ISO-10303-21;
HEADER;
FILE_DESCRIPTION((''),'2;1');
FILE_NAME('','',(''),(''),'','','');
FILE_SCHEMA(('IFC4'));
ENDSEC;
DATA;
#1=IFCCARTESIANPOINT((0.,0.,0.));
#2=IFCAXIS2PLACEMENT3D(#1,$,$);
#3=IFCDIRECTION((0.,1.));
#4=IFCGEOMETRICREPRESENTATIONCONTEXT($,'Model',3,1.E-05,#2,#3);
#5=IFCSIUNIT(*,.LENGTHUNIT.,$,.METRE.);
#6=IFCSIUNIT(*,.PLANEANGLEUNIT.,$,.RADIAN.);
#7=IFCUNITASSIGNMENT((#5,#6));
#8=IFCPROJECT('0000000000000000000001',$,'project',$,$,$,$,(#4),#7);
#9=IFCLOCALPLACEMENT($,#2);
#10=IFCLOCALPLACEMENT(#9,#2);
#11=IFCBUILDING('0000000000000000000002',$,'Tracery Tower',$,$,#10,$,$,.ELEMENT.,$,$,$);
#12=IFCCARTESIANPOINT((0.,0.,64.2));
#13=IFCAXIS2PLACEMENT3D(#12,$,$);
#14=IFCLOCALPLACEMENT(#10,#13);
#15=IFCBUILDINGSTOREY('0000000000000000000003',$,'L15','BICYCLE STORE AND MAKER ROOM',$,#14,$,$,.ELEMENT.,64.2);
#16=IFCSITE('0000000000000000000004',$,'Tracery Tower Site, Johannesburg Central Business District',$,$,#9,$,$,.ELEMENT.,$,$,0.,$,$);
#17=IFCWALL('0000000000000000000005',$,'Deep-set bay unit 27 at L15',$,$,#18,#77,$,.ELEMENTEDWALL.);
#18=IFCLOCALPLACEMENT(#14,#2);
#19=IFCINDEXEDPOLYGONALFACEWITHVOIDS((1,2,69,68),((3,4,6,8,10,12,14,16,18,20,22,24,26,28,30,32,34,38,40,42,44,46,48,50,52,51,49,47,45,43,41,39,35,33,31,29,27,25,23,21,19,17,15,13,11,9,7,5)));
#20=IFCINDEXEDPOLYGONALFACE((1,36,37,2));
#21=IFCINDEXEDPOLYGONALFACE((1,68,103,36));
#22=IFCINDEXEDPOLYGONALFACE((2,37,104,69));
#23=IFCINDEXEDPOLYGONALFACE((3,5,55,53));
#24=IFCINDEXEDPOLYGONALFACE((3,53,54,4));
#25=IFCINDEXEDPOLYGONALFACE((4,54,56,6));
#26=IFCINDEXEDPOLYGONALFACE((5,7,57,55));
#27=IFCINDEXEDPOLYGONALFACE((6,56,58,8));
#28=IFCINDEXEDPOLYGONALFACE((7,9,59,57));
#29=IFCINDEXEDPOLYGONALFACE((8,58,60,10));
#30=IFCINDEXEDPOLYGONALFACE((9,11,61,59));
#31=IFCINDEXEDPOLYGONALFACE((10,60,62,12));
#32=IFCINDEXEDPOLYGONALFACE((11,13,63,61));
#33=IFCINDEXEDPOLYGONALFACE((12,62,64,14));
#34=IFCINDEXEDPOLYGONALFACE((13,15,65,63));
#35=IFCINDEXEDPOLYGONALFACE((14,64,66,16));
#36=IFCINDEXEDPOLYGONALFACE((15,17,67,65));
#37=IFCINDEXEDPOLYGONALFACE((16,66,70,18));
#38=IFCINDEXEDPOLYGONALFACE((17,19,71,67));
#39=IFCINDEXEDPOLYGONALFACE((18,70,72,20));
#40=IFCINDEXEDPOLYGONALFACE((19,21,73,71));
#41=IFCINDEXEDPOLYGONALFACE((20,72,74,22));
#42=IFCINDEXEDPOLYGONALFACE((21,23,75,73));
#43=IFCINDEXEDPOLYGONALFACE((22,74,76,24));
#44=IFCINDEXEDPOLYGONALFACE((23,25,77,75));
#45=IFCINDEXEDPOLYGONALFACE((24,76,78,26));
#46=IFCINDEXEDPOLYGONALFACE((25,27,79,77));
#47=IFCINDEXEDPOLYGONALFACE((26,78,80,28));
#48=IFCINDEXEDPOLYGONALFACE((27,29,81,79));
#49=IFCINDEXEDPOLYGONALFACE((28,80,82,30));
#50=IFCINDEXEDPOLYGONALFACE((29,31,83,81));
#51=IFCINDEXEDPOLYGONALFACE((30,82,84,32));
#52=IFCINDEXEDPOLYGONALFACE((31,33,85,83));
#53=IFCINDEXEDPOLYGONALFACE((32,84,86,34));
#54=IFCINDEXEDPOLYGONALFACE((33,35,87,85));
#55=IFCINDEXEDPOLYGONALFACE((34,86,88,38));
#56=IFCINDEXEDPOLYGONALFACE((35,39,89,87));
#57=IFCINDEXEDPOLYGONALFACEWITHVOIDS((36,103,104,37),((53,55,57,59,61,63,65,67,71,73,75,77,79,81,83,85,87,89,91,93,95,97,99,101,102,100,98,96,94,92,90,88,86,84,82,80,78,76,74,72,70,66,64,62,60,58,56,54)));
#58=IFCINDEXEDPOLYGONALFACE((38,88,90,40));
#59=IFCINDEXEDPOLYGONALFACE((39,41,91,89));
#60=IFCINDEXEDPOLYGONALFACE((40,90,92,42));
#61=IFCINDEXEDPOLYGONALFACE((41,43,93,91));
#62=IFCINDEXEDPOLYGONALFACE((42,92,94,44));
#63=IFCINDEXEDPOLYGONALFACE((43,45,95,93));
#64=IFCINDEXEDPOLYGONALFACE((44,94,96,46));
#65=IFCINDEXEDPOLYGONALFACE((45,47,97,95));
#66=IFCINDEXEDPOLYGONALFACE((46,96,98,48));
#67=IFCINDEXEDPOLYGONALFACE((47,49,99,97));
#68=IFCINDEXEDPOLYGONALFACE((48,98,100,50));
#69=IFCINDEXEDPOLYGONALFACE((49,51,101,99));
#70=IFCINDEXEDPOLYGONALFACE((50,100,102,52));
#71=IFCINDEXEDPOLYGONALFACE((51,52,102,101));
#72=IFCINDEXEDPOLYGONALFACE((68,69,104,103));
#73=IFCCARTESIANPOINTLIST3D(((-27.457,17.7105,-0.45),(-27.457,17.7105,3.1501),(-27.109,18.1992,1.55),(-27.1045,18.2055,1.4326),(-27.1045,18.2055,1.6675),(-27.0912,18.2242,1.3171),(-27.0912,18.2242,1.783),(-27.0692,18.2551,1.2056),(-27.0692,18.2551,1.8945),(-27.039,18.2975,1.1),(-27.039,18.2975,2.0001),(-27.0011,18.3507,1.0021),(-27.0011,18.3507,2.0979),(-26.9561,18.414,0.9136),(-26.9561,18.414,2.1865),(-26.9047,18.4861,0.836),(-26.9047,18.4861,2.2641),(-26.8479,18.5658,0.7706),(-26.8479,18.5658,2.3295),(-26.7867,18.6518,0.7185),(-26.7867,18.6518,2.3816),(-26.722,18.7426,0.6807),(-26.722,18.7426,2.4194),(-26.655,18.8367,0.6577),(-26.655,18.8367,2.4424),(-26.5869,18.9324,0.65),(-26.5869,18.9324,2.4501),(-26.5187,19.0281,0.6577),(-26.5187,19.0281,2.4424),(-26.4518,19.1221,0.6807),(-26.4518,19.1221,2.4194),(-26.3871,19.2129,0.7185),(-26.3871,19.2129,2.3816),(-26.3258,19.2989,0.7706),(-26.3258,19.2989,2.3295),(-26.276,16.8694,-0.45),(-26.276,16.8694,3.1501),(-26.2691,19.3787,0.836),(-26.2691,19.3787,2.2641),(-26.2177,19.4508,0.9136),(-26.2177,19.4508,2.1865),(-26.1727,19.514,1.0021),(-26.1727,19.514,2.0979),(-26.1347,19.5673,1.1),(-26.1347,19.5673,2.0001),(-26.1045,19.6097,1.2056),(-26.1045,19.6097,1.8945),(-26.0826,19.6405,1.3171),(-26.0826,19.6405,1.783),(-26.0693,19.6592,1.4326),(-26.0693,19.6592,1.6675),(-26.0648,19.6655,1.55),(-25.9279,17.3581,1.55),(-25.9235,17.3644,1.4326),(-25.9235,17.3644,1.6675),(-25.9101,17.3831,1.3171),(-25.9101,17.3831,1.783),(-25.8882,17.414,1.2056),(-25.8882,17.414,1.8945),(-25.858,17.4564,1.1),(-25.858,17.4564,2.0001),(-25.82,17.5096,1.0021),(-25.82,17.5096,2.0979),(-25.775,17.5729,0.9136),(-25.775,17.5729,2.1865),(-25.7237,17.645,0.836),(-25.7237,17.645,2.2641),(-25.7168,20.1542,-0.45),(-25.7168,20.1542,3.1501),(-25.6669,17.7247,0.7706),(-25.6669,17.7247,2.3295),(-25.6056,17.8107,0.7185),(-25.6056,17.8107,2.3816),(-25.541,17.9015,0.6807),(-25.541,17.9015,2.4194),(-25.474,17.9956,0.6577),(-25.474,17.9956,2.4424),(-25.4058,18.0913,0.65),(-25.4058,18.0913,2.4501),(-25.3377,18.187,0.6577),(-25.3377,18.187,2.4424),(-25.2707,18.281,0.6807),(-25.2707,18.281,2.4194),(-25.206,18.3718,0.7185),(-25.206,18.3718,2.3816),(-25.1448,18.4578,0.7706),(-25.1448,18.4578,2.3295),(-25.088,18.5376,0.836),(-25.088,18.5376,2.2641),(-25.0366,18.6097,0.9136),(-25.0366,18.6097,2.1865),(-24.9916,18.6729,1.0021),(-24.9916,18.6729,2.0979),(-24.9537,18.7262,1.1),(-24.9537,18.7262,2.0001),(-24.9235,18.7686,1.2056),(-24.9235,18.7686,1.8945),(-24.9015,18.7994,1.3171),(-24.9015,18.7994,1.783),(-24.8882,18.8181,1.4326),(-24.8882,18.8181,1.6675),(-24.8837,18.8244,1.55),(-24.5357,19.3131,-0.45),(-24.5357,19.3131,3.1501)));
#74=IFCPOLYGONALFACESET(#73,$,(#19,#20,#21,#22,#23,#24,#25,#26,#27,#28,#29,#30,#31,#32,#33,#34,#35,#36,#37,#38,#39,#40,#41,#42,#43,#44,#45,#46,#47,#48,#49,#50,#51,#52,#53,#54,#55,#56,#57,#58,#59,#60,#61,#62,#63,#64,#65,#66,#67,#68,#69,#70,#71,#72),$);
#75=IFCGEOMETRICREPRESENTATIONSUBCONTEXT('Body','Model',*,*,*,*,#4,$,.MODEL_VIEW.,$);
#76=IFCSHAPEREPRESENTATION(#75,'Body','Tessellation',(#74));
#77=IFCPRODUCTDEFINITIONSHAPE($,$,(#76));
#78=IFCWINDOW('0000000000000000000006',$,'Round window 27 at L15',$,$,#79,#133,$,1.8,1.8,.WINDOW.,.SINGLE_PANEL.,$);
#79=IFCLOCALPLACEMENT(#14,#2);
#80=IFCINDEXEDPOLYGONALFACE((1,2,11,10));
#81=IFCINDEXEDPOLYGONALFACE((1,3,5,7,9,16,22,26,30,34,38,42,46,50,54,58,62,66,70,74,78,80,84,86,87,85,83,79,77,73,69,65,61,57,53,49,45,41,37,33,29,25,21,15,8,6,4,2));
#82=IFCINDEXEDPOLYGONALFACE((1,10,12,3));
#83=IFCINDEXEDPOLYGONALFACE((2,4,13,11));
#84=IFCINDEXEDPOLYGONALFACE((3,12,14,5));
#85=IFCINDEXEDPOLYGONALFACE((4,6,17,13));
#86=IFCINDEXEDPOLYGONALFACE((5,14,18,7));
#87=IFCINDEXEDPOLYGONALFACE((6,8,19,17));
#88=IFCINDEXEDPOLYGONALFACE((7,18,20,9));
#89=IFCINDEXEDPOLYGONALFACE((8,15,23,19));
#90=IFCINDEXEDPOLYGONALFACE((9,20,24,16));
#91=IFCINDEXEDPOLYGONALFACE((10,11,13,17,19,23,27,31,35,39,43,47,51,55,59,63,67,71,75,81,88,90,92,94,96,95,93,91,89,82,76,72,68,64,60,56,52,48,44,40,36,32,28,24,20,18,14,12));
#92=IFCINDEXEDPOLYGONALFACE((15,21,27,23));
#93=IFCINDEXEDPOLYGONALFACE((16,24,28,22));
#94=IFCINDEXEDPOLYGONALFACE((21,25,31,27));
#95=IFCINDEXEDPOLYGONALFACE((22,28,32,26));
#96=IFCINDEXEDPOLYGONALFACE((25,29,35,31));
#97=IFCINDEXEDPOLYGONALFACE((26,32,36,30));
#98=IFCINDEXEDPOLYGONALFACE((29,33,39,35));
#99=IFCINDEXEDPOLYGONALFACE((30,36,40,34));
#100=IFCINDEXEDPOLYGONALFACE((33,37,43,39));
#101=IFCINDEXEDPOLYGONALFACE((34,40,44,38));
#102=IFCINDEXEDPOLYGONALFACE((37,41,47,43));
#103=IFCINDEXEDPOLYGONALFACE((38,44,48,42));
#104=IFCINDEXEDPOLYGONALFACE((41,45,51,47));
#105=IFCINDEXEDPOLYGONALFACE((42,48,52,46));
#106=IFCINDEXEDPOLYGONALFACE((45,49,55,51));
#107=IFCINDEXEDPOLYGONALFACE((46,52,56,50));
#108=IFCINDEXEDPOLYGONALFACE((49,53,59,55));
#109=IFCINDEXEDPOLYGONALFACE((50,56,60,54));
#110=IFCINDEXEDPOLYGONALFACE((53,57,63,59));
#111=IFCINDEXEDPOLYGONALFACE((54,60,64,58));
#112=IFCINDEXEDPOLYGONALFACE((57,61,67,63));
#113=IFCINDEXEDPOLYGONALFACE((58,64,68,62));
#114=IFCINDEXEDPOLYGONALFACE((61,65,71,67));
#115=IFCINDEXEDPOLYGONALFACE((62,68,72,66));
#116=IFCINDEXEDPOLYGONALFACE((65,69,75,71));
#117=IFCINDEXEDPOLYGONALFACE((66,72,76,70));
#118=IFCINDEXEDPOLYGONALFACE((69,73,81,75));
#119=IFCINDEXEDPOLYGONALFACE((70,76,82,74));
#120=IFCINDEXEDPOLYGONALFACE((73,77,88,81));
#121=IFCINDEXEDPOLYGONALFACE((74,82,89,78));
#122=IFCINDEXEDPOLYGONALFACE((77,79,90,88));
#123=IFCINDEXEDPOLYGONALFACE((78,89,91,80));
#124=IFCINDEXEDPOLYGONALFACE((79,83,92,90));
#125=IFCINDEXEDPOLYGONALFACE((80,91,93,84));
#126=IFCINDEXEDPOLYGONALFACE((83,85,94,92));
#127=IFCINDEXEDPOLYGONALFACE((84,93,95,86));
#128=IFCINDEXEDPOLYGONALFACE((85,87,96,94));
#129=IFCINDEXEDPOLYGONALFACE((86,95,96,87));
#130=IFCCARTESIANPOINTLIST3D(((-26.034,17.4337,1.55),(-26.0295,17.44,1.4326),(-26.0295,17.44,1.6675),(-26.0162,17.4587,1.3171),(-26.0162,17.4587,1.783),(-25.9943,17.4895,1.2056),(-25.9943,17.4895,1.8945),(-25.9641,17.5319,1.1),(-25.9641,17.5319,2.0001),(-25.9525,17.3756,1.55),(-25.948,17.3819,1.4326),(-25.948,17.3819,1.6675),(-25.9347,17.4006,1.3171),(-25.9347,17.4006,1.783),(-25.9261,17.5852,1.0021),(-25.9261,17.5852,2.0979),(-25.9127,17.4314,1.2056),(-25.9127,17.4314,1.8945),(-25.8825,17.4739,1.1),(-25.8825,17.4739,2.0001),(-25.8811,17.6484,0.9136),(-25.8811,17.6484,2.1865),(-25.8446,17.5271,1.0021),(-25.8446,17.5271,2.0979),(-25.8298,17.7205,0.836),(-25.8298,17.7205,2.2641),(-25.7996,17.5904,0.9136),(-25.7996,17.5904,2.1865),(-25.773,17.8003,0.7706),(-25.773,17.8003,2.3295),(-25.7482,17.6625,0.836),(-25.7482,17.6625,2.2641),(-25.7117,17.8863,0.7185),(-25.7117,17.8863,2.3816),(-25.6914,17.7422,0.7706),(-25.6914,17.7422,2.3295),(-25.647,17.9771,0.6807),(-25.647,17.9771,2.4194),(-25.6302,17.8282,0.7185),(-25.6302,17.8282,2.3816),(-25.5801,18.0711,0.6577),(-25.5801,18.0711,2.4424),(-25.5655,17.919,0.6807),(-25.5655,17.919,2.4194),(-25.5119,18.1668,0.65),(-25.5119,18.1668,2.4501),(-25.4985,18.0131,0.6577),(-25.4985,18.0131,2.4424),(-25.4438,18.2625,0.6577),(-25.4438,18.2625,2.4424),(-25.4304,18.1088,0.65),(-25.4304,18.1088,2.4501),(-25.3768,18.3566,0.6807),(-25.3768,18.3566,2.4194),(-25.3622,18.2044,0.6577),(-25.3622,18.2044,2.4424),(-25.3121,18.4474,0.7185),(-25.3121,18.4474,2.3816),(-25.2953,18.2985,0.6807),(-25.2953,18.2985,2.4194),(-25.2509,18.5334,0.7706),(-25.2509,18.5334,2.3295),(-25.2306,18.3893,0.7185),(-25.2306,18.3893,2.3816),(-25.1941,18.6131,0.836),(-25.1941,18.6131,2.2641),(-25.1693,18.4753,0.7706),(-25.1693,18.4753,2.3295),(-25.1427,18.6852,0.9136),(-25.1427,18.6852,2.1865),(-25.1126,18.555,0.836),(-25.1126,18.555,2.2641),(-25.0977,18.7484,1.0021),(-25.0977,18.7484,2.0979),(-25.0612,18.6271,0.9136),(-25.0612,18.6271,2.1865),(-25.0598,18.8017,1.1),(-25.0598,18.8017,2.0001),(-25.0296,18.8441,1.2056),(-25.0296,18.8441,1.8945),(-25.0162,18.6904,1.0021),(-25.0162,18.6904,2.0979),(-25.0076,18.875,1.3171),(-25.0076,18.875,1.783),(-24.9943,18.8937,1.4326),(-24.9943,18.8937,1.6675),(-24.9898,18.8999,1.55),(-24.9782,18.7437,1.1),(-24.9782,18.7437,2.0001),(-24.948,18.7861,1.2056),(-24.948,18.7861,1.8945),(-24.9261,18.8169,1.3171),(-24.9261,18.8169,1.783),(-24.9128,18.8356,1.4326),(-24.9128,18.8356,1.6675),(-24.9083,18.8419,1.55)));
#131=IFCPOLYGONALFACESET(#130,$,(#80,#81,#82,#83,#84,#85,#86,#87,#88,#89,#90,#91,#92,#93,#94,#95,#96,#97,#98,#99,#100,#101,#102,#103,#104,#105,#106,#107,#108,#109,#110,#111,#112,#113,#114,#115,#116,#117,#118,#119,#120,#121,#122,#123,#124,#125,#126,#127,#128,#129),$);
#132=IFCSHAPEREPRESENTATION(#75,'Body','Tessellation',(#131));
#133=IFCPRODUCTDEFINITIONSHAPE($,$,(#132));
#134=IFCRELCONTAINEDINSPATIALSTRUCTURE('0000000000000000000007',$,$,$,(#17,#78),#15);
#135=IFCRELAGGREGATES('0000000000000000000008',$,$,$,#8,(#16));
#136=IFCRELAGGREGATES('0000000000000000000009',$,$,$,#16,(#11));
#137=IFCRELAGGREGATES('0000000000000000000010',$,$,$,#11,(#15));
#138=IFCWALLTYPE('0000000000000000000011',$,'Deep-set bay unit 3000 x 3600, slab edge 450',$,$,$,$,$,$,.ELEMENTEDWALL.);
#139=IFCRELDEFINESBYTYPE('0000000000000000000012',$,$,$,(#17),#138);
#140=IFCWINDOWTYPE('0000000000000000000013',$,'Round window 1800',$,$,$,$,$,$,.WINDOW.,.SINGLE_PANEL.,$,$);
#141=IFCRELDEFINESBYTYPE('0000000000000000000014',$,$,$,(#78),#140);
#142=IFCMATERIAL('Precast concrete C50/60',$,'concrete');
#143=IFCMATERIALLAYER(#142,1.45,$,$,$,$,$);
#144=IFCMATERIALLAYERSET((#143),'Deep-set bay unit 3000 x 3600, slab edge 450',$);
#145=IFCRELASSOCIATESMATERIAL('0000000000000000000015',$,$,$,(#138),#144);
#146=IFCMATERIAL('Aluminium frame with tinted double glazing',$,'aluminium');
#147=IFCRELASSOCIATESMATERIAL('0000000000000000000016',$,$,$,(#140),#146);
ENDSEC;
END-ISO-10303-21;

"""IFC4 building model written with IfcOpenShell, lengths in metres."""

from ifc_helpers import new_model, si_unit, direction, frame, frame_2d, origin, origin_2d, place, context, subcontext, project, spatial, rectangle, circle, extrude, material, layer, layer_set, type_object, element, fill, save


model = new_model("IFC4")

# Units and contexts
model_context = context("Model", 3, precision=1e-05, world=origin(), true_north=direction((0.0, 1.0)))
body_context = subcontext(model_context, "Body", "Model", "MODEL_VIEW")
ifc_project = project(units=[si_unit("LENGTHUNIT", "METRE"), si_unit("PLANEANGLEUNIT", "RADIAN")], contexts=[model_context])

# Site, building, storey
site_placement = place(None, origin())
site = spatial("IfcSite", under=ifc_project, at=site_placement, Name="Tracery Tower Site, Johannesburg Central Business District", CompositionType="ELEMENT", RefElevation=0.0)
building_placement = place(site_placement, origin())
building = spatial("IfcBuilding", under=site, at=building_placement, Name="Tracery Tower", CompositionType="ELEMENT")
storey_placement = place(building_placement, frame((0.0, 0.0, 64.2)))
storey = spatial("IfcBuildingStorey", under=building, at=storey_placement, Name="L15", Description="BICYCLE STORE AND MAKER ROOM", CompositionType="ELEMENT", Elevation=64.2)

# Wall, opening, window
ifc_material_1 = material(Name="Precast concrete C50/60", Category="concrete")
ifc_layer_1 = layer(ifc_material_1, 1.45)
ifc_layer_set_1 = layer_set([ifc_layer_1], Name="Deep-set bay unit 3000 x 3600, slab edge 450")
wall_type_1 = type_object("IfcWallType", Name="Deep-set bay unit 3000 x 3600, slab edge 450", PredefinedType="ELEMENTEDWALL", material=ifc_layer_set_1)
ifc_material_2 = material(Name="Aluminium frame with tinted double glazing", Category="aluminium")
window_type = type_object("IfcWindowType", Name="Round window 1800", PartitioningType="SINGLE_PANEL", PredefinedType="WINDOW", material=ifc_material_2)
wall_1_placement = place(storey_placement, frame((-25.1262, 19.7336, -0.45), z_axis=(0.0, 0.0, 1.0), x_axis=(-0.580091, -0.814552, 0.0)))
wall_1 = element("IfcWall", 1, at=wall_1_placement, inside=storey, type_object=wall_type_1, Name="Deep-set bay unit 27 at L15", PredefinedType="ELEMENTEDWALL", context=body_context, shape_type="SweptSolid", body=[
    extrude(rectangle(XDim=3.0, YDim=1.45, at=frame_2d((1.5, 0.0))), origin(), (0.0, 0.0, 1.0), 3.6001),
])
opening_1_placement = place(wall_1_placement, frame((1.5, 0.0, 2.0)))
opening_1 = element("IfcOpeningElement", 2, at=opening_1_placement, cuts=wall_1, PredefinedType="OPENING", context=body_context, shape_type="SweptSolid", body=[
    extrude(circle(Radius=0.9, at=origin_2d()), frame((0.0, 0.7349, 0.0), z_axis=(0.0, -1.0, 0.0), x_axis=(1.0, 0.0, 0.0)), (0.0, 0.0, 1.0), 1.47),
])
window_1_placement = place(opening_1_placement, origin())
window_1 = element("IfcWindow", 3, at=window_1_placement, inside=storey, type_object=window_type, Name="Round window 27 at L15", OverallHeight=1.8, OverallWidth=1.8, PartitioningType="SINGLE_PANEL", PredefinedType="WINDOW", context=body_context, shape_type="SweptSolid", body=[
    extrude(circle(Radius=0.9, at=origin_2d()), frame((0.0, 0.6948, 0.0), z_axis=(0.0, -1.0, 0.0), x_axis=(1.0, 0.0, 0.0)), (0.0, 0.0, 1.0), 0.1001),
])
fill(opening_1, window_1)

save(model, "model.ifc")
